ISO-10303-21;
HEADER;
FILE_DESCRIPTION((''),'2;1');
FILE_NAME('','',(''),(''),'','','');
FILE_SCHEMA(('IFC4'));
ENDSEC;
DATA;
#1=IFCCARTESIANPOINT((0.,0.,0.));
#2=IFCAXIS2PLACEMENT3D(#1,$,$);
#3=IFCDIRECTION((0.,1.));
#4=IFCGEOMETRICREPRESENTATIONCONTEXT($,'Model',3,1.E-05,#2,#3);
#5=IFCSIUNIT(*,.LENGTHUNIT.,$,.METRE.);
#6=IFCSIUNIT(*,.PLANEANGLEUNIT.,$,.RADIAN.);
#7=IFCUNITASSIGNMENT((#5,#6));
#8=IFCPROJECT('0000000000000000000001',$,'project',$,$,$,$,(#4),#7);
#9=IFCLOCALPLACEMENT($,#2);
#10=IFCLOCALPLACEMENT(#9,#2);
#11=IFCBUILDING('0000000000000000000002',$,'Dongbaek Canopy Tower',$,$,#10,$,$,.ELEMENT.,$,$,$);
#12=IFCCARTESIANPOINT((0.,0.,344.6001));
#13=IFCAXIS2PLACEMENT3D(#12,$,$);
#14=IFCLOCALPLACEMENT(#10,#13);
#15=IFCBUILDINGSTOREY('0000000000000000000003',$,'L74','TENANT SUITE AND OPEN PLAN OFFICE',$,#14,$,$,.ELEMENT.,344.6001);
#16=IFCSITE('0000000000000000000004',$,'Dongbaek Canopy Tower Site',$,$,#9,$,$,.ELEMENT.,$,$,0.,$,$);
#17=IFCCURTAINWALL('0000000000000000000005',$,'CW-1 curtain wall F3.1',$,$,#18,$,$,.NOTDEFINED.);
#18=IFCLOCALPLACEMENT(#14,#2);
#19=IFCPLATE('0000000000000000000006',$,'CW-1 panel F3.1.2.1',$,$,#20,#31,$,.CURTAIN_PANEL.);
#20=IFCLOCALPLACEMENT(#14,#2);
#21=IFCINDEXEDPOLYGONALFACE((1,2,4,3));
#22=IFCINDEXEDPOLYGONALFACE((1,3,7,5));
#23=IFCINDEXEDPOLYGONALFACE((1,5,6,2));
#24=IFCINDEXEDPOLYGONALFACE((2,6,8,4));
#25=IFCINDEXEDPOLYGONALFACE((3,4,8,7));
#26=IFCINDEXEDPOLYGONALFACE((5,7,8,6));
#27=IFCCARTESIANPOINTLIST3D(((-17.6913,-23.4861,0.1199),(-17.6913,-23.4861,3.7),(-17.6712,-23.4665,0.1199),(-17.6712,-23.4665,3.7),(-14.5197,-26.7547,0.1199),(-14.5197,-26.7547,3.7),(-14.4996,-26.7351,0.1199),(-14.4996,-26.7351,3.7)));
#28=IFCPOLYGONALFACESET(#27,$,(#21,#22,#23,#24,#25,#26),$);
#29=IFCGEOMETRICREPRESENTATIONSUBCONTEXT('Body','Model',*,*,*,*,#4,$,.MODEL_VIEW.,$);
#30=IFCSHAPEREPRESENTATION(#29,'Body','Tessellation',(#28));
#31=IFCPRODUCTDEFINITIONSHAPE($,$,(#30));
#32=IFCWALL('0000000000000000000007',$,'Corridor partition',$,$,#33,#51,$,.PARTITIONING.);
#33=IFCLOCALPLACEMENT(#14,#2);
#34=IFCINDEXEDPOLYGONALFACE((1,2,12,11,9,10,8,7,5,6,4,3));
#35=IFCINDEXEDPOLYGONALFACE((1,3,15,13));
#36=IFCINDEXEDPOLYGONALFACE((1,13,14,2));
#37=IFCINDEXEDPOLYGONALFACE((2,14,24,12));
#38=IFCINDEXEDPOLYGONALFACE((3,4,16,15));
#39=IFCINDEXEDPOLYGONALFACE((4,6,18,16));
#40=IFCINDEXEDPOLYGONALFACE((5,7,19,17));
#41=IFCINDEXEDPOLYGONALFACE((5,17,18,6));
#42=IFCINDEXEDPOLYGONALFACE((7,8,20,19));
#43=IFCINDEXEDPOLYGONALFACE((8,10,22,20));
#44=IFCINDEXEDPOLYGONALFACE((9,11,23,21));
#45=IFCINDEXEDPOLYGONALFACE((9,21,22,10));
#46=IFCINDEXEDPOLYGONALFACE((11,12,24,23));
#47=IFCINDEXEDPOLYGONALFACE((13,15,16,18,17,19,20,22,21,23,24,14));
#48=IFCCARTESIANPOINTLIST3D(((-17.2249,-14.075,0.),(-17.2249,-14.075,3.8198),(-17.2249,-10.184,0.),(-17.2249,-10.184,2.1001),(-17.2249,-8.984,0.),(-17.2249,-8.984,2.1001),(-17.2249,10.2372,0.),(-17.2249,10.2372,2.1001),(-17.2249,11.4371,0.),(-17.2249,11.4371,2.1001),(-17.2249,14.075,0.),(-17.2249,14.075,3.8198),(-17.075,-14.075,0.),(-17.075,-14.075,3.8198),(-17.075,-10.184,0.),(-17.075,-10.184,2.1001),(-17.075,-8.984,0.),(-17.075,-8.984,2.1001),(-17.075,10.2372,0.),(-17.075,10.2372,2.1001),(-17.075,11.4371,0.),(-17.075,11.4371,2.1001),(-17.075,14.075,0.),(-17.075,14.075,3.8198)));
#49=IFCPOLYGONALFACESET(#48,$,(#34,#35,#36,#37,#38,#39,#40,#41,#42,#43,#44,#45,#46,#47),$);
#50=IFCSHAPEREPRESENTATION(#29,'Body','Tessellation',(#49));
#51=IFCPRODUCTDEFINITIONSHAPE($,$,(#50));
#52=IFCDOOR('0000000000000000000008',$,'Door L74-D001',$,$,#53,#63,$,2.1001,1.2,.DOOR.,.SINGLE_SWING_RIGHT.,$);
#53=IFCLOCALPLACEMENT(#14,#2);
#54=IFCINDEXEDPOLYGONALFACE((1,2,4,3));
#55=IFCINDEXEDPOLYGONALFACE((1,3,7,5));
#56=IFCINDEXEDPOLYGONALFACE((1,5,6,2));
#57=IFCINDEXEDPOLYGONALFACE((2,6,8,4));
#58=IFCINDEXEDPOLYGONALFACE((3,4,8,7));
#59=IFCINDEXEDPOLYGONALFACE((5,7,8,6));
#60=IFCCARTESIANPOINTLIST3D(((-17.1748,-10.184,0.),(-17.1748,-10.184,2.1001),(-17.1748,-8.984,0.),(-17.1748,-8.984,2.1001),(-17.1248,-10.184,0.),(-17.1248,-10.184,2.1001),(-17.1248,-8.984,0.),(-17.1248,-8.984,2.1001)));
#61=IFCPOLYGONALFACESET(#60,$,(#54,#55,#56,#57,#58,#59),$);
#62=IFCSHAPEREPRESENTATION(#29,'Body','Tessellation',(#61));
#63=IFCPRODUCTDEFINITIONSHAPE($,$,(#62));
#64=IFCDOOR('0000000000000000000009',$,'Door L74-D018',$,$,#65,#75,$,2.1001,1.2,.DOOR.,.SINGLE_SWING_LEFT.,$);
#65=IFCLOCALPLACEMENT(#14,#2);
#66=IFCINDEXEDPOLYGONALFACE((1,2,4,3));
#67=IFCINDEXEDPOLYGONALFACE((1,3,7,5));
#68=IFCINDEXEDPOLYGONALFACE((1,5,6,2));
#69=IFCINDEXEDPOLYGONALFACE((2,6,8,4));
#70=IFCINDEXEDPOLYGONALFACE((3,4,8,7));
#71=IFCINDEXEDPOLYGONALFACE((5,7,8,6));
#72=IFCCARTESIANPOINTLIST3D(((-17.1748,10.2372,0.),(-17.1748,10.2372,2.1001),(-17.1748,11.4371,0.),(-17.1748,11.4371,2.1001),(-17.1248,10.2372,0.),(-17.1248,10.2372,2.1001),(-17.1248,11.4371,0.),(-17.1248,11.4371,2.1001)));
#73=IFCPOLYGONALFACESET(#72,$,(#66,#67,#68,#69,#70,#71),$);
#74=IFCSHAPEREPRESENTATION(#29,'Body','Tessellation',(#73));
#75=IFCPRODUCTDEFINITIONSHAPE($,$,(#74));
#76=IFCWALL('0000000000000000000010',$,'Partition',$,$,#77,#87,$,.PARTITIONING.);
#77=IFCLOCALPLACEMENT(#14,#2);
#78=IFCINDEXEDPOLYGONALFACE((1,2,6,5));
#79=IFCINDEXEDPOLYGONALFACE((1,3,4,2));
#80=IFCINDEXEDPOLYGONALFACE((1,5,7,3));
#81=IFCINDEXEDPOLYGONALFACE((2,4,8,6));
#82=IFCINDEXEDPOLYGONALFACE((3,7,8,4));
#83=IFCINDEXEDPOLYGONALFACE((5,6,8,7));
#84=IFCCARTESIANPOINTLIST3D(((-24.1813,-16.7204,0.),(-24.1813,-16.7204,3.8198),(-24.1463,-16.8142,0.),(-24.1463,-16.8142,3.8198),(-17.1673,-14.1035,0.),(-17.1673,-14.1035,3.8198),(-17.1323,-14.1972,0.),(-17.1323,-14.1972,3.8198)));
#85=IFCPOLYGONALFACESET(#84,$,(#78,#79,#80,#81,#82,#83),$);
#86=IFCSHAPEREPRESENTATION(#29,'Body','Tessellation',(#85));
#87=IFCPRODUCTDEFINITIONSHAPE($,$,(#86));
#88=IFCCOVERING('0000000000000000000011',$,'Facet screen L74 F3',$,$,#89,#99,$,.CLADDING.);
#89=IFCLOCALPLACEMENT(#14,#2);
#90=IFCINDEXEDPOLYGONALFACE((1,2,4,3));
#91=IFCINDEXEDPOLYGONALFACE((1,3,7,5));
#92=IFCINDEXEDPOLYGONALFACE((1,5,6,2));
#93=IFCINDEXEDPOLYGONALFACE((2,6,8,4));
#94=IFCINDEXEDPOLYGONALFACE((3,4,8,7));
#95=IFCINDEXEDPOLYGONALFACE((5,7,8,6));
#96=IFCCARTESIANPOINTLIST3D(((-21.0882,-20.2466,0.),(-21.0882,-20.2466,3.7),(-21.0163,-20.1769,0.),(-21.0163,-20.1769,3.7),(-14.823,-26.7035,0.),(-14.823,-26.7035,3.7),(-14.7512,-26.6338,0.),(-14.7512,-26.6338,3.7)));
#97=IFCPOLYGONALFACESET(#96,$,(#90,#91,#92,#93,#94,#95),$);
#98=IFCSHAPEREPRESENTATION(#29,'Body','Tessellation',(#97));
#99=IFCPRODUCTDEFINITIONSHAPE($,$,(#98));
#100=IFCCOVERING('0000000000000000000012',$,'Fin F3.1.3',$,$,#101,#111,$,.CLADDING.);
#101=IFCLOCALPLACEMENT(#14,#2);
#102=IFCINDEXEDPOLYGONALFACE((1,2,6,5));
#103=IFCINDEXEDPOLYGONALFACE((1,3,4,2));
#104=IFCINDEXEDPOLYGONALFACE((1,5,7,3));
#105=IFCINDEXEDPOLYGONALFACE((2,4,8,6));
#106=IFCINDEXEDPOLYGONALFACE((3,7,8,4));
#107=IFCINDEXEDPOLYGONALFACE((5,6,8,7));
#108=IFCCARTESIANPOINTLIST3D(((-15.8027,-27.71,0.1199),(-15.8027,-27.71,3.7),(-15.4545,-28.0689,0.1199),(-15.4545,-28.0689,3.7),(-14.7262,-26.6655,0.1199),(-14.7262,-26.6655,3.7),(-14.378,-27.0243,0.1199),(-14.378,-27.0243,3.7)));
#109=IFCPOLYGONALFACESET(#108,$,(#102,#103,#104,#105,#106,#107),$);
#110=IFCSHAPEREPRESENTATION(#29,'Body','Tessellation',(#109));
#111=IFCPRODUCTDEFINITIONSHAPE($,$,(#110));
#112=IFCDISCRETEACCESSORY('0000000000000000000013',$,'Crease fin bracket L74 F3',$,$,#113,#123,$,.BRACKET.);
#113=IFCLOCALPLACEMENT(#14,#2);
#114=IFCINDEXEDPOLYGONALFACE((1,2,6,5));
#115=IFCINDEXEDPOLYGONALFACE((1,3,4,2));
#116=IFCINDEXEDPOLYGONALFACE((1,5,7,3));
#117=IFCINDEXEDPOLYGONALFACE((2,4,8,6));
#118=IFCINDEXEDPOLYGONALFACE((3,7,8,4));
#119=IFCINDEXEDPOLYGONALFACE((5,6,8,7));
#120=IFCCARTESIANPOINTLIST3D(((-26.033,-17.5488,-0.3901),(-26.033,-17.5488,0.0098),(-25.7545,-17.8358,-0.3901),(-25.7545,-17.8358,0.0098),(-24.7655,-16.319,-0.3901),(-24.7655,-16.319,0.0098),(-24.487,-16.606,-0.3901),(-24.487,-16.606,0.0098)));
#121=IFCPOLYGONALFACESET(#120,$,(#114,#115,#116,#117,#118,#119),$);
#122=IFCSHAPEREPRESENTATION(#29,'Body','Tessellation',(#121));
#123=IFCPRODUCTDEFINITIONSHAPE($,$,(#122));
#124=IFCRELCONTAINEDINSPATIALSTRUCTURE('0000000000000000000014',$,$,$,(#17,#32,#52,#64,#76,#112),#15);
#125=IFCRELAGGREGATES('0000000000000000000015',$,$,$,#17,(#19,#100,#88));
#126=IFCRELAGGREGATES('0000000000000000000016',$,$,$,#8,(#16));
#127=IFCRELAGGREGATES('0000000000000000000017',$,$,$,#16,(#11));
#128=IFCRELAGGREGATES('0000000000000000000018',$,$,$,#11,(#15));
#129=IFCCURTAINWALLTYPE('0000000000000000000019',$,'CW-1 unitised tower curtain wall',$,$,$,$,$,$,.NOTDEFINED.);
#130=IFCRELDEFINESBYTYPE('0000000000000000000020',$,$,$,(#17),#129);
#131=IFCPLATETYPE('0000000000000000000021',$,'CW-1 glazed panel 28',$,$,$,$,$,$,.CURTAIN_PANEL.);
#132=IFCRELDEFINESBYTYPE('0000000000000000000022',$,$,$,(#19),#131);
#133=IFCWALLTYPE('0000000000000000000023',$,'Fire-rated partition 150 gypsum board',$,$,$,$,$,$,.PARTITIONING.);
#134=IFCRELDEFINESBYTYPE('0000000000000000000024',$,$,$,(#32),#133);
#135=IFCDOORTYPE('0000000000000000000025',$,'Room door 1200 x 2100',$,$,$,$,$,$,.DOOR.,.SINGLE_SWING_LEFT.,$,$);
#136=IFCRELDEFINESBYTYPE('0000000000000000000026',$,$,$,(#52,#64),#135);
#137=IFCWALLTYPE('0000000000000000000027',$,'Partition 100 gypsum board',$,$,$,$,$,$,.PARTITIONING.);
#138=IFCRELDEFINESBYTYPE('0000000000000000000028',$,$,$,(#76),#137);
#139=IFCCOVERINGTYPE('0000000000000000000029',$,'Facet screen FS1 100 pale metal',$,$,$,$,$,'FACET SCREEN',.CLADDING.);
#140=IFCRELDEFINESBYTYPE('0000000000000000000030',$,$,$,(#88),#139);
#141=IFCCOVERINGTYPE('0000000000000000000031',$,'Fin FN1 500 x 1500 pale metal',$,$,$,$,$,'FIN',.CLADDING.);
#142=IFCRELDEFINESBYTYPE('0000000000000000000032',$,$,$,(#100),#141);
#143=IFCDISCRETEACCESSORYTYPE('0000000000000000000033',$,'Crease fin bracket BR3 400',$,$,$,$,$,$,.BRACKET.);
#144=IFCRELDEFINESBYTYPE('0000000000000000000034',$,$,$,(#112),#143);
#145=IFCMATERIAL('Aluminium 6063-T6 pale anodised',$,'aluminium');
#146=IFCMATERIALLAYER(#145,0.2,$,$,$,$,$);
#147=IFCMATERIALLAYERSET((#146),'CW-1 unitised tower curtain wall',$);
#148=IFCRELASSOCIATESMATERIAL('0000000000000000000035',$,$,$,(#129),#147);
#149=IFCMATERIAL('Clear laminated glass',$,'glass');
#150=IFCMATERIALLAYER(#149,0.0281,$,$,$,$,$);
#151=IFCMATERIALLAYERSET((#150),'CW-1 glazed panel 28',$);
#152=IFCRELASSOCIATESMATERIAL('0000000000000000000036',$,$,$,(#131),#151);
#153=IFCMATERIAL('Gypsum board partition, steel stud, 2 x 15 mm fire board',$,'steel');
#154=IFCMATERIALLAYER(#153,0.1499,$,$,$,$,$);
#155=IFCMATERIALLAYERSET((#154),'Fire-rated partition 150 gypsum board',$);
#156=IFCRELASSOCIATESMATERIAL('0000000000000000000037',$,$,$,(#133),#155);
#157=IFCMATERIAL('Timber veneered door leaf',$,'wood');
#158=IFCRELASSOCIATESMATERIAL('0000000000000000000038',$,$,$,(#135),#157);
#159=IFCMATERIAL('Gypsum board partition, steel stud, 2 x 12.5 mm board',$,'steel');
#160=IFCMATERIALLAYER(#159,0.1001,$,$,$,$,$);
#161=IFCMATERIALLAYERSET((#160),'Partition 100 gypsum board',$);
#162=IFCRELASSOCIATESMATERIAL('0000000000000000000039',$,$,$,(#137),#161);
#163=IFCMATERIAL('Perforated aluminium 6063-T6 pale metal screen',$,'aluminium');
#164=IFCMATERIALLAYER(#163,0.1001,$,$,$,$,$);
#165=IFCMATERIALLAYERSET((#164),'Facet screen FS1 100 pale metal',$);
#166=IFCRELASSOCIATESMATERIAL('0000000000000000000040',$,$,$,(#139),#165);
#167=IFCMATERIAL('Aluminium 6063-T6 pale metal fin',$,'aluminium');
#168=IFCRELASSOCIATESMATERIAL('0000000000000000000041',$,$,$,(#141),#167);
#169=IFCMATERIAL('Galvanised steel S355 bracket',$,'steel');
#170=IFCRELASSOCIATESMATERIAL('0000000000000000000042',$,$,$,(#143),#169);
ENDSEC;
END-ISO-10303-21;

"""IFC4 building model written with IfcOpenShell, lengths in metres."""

from ifc_helpers import new_model, si_unit, direction, frame, frame_2d, origin, origin_2d, place, context, subcontext, project, spatial, rectangle, extrude, material, layer, layer_set, material_profile, profile_set, type_object, element, fill, aggregate, save


model = new_model("IFC4")

# Units and contexts
model_context = context("Model", 3, precision=1e-05, world=origin(), true_north=direction((0.0, 1.0)))
body_context = subcontext(model_context, "Body", "Model", "MODEL_VIEW")
ifc_project = project(units=[si_unit("LENGTHUNIT", "METRE"), si_unit("PLANEANGLEUNIT", "RADIAN")], contexts=[model_context])

# Site, building, storey
site_placement = place(None, origin())
site = spatial("IfcSite", under=ifc_project, at=site_placement, Name="Dongbaek Canopy Tower Site", CompositionType="ELEMENT", RefElevation=0.0)
building_placement = place(site_placement, origin())
building = spatial("IfcBuilding", under=site, at=building_placement, Name="Dongbaek Canopy Tower", CompositionType="ELEMENT")
storey_placement = place(building_placement, frame((0.0, 0.0, 344.6001)))
storey = spatial("IfcBuildingStorey", under=building, at=storey_placement, Name="L74", Description="TENANT SUITE AND OPEN PLAN OFFICE", CompositionType="ELEMENT", Elevation=344.6001)

# Curtain wall
ifc_material_1 = material(Name="Aluminium 6063-T6 pale anodised", Category="aluminium")
ifc_layer_1 = layer(ifc_material_1, 0.2)
ifc_layer_set_1 = layer_set([ifc_layer_1], Name="CW-1 unitised tower curtain wall")
curtain_wall_type = type_object("IfcCurtainWallType", Name="CW-1 unitised tower curtain wall", PredefinedType="NOTDEFINED", material=ifc_layer_set_1)
curtain_wall_placement = place(storey_placement, origin())
curtain_wall = element("IfcCurtainWall", 1, at=curtain_wall_placement, inside=storey, type_object=curtain_wall_type, Name="CW-1 curtain wall F3.1", PredefinedType="NOTDEFINED")

# Plate
ifc_material_2 = material(Name="Clear laminated glass", Category="glass")
ifc_layer_2 = layer(ifc_material_2, 0.0281)
ifc_layer_set_2 = layer_set([ifc_layer_2], Name="CW-1 glazed panel 28")
plate_type = type_object("IfcPlateType", Name="CW-1 glazed panel 28", PredefinedType="CURTAIN_PANEL", material=ifc_layer_set_2)
plate_1_placement = place(storey_placement, frame((-16.0955, -25.1106, 0.1199), z_axis=(0.0, 0.0, 1.0), x_axis=(0.696373, -0.71768, 0.0)))
plate_1 = element("IfcPlate", 2, at=plate_1_placement, type_object=plate_type, Name="CW-1 panel F3.1.2.1", PredefinedType="CURTAIN_PANEL", context=body_context, shape_type="SweptSolid", body=[
    extrude(rectangle(XDim=4.5544, YDim=0.0281, at=origin_2d()), origin(), (0.0, 0.0, 1.0), 3.5801),
])

# Wall, openings, doors
ifc_material_3 = material(Name="Gypsum board partition, steel stud, 2 x 15 mm fire board", Category="steel")
ifc_layer_3 = layer(ifc_material_3, 0.1499)
ifc_layer_set_3 = layer_set([ifc_layer_3], Name="Fire-rated partition 150 gypsum board")
wall_type_1 = type_object("IfcWallType", Name="Fire-rated partition 150 gypsum board", PredefinedType="PARTITIONING", material=ifc_layer_set_3)
wall_1_placement = place(storey_placement, frame((-17.1499, -14.075, 0.0), z_axis=(0.0, 0.0, 1.0), x_axis=(0.0, 1.0, 0.0)))
wall_1 = element("IfcWall", 3, at=wall_1_placement, inside=storey, type_object=wall_type_1, Name="Corridor partition", PredefinedType="PARTITIONING", context=body_context, shape_type="SweptSolid", body=[
    extrude(rectangle(XDim=28.1499, YDim=0.1499, at=frame_2d((14.075, 0.0))), origin(), (0.0, 0.0, 1.0), 3.8198),
])
opening_1_placement = place(wall_1_placement, frame((3.8909, 0.0, 0.0)))
opening_1 = element("IfcOpeningElement", 4, at=opening_1_placement, cuts=wall_1, PredefinedType="OPENING", context=body_context, shape_type="SweptSolid", body=[
    extrude(rectangle(XDim=1.2, YDim=2.1001, at=frame_2d((0.6001, 1.05))), frame((0.0, 0.085, 0.0), z_axis=(0.0, -1.0, 0.0), x_axis=(1.0, 0.0, 0.0)), (0.0, 0.0, 1.0), 0.1699),
])
opening_2_placement = place(wall_1_placement, frame((24.312, 0.0, 0.0)))
opening_2 = element("IfcOpeningElement", 5, at=opening_2_placement, cuts=wall_1, PredefinedType="OPENING", context=body_context, shape_type="SweptSolid", body=[
    extrude(rectangle(XDim=1.2, YDim=2.1001, at=frame_2d((0.6001, 1.05))), frame((0.0, 0.085, 0.0), z_axis=(0.0, -1.0, 0.0), x_axis=(1.0, 0.0, 0.0)), (0.0, 0.0, 1.0), 0.1699),
])
ifc_material_4 = material(Name="Timber veneered door leaf", Category="wood")
door_type_1 = type_object("IfcDoorType", Name="Room door 1200 x 2100", OperationType="SINGLE_SWING_LEFT", PredefinedType="DOOR", material=ifc_material_4)
door_1_placement = place(opening_1_placement, origin())
door_1 = element("IfcDoor", 6, at=door_1_placement, inside=storey, type_object=door_type_1, Name="Door L74-D001", OperationType="SINGLE_SWING_RIGHT", OverallHeight=2.1001, OverallWidth=1.2, PredefinedType="DOOR", context=body_context, shape_type="SweptSolid", body=[
    extrude(rectangle(XDim=1.2, YDim=2.1001, at=frame_2d((0.6001, 1.05))), frame((0.0, 0.0249, 0.0), z_axis=(0.0, -1.0, 0.0), x_axis=(1.0, 0.0, 0.0)), (0.0, 0.0, 1.0), 0.05),
])
fill(opening_1, door_1)
door_2_placement = place(opening_2_placement, origin())
door_2 = element("IfcDoor", 7, at=door_2_placement, inside=storey, type_object=door_type_1, Name="Door L74-D018", OperationType="SINGLE_SWING_LEFT", OverallHeight=2.1001, OverallWidth=1.2, PredefinedType="DOOR", context=body_context, shape_type="SweptSolid", body=[
    extrude(rectangle(XDim=1.2, YDim=2.1001, at=frame_2d((0.6001, 1.05))), frame((0.0, 0.0249, 0.0), z_axis=(0.0, -1.0, 0.0), x_axis=(1.0, 0.0, 0.0)), (0.0, 0.0, 1.0), 0.05),
])
fill(opening_2, door_2)

# Wall
ifc_material_5 = material(Name="Gypsum board partition, steel stud, 2 x 12.5 mm board", Category="steel")
ifc_layer_4 = layer(ifc_material_5, 0.1001)
ifc_layer_set_4 = layer_set([ifc_layer_4], Name="Partition 100 gypsum board")
wall_type_2 = type_object("IfcWallType", Name="Partition 100 gypsum board", PredefinedType="PARTITIONING", material=ifc_layer_set_4)
wall_2_placement = place(storey_placement, frame((-24.1638, -16.7673, 0.0), z_axis=(0.0, 0.0, 1.0), x_axis=(0.936911, 0.349568, 0.0)))
element("IfcWall", 8, at=wall_2_placement, inside=storey, type_object=wall_type_2, Name="Partition", PredefinedType="PARTITIONING", context=body_context, shape_type="SweptSolid", body=[
    extrude(rectangle(XDim=7.4863, YDim=0.1001, at=frame_2d((3.7432, 0.0))), origin(), (0.0, 0.0, 1.0), 3.8198),
])

# Coverings
ifc_material_6 = material(Name="Perforated aluminium 6063-T6 pale metal screen", Category="aluminium")
ifc_layer_5 = layer(ifc_material_6, 0.1001)
ifc_layer_set_5 = layer_set([ifc_layer_5], Name="Facet screen FS1 100 pale metal")
covering_type_1 = type_object("IfcCoveringType", Name="Facet screen FS1 100 pale metal", ElementType="FACET SCREEN", PredefinedType="CLADDING", material=ifc_layer_set_5)
covering_1_placement = place(storey_placement, frame((-17.9197, -23.4402, 0.0), z_axis=(0.0, 0.0, 1.0), x_axis=(0.696373, -0.71768, 0.0)))
covering_1 = element("IfcCovering", 9, at=covering_1_placement, type_object=covering_type_1, Name="Facet screen L74 F3", PredefinedType="CLADDING", context=body_context, shape_type="SweptSolid", body=[
    extrude(rectangle(XDim=8.9968, YDim=0.1001, at=origin_2d()), origin(), (0.0, 0.0, 1.0), 3.7),
])
ifc_material_7 = material(Name="Aluminium 6063-T6 pale metal fin", Category="aluminium")
ifc_material_profile_1 = material_profile(ifc_material_7, rectangle(XDim=1.5, YDim=0.5, at=origin_2d()), Name="Fin FN1 500 x 1500 pale metal")
ifc_profile_set_1 = profile_set([ifc_material_profile_1], Name="Aluminium 6063-T6 pale metal fin")
covering_type_2 = type_object("IfcCoveringType", Name="Fin FN1 500 x 1500 pale metal", ElementType="FIN", PredefinedType="CLADDING", material=ifc_profile_set_1)
covering_2_placement = place(storey_placement, frame((-15.0903, -27.3672, 0.1199), z_axis=(0.0, 0.0, 1.0), x_axis=(-0.71768, -0.696373, 0.0)))
covering_2 = element("IfcCovering", 10, at=covering_2_placement, type_object=covering_type_2, Name="Fin F3.1.3", PredefinedType="CLADDING", context=body_context, shape_type="SweptSolid", body=[
    extrude(rectangle(XDim=1.5, YDim=0.5, at=origin_2d()), origin(), (0.0, 0.0, 1.0), 3.5801),
])
aggregate(curtain_wall, [plate_1, covering_2, covering_1])

# Discrete accessory
ifc_material_8 = material(Name="Galvanised steel S355 bracket", Category="steel")
discrete_accessory_type = type_object("IfcDiscreteAccessoryType", Name="Crease fin bracket BR3 400", PredefinedType="BRACKET", material=ifc_material_8)
discrete_accessory_placement = place(storey_placement, frame((-25.26, -17.0774, -0.3901), z_axis=(0.0, 0.0, 1.0), x_axis=(-0.71768, -0.696373, 0.0)))
element("IfcDiscreteAccessory", 11, at=discrete_accessory_placement, inside=storey, type_object=discrete_accessory_type, Name="Crease fin bracket L74 F3", PredefinedType="BRACKET", context=body_context, shape_type="SweptSolid", body=[
    extrude(rectangle(XDim=1.7661, YDim=0.3999, at=origin_2d()), origin(), (0.0, 0.0, 1.0), 0.3999),
])

save(model, "model.ifc")
